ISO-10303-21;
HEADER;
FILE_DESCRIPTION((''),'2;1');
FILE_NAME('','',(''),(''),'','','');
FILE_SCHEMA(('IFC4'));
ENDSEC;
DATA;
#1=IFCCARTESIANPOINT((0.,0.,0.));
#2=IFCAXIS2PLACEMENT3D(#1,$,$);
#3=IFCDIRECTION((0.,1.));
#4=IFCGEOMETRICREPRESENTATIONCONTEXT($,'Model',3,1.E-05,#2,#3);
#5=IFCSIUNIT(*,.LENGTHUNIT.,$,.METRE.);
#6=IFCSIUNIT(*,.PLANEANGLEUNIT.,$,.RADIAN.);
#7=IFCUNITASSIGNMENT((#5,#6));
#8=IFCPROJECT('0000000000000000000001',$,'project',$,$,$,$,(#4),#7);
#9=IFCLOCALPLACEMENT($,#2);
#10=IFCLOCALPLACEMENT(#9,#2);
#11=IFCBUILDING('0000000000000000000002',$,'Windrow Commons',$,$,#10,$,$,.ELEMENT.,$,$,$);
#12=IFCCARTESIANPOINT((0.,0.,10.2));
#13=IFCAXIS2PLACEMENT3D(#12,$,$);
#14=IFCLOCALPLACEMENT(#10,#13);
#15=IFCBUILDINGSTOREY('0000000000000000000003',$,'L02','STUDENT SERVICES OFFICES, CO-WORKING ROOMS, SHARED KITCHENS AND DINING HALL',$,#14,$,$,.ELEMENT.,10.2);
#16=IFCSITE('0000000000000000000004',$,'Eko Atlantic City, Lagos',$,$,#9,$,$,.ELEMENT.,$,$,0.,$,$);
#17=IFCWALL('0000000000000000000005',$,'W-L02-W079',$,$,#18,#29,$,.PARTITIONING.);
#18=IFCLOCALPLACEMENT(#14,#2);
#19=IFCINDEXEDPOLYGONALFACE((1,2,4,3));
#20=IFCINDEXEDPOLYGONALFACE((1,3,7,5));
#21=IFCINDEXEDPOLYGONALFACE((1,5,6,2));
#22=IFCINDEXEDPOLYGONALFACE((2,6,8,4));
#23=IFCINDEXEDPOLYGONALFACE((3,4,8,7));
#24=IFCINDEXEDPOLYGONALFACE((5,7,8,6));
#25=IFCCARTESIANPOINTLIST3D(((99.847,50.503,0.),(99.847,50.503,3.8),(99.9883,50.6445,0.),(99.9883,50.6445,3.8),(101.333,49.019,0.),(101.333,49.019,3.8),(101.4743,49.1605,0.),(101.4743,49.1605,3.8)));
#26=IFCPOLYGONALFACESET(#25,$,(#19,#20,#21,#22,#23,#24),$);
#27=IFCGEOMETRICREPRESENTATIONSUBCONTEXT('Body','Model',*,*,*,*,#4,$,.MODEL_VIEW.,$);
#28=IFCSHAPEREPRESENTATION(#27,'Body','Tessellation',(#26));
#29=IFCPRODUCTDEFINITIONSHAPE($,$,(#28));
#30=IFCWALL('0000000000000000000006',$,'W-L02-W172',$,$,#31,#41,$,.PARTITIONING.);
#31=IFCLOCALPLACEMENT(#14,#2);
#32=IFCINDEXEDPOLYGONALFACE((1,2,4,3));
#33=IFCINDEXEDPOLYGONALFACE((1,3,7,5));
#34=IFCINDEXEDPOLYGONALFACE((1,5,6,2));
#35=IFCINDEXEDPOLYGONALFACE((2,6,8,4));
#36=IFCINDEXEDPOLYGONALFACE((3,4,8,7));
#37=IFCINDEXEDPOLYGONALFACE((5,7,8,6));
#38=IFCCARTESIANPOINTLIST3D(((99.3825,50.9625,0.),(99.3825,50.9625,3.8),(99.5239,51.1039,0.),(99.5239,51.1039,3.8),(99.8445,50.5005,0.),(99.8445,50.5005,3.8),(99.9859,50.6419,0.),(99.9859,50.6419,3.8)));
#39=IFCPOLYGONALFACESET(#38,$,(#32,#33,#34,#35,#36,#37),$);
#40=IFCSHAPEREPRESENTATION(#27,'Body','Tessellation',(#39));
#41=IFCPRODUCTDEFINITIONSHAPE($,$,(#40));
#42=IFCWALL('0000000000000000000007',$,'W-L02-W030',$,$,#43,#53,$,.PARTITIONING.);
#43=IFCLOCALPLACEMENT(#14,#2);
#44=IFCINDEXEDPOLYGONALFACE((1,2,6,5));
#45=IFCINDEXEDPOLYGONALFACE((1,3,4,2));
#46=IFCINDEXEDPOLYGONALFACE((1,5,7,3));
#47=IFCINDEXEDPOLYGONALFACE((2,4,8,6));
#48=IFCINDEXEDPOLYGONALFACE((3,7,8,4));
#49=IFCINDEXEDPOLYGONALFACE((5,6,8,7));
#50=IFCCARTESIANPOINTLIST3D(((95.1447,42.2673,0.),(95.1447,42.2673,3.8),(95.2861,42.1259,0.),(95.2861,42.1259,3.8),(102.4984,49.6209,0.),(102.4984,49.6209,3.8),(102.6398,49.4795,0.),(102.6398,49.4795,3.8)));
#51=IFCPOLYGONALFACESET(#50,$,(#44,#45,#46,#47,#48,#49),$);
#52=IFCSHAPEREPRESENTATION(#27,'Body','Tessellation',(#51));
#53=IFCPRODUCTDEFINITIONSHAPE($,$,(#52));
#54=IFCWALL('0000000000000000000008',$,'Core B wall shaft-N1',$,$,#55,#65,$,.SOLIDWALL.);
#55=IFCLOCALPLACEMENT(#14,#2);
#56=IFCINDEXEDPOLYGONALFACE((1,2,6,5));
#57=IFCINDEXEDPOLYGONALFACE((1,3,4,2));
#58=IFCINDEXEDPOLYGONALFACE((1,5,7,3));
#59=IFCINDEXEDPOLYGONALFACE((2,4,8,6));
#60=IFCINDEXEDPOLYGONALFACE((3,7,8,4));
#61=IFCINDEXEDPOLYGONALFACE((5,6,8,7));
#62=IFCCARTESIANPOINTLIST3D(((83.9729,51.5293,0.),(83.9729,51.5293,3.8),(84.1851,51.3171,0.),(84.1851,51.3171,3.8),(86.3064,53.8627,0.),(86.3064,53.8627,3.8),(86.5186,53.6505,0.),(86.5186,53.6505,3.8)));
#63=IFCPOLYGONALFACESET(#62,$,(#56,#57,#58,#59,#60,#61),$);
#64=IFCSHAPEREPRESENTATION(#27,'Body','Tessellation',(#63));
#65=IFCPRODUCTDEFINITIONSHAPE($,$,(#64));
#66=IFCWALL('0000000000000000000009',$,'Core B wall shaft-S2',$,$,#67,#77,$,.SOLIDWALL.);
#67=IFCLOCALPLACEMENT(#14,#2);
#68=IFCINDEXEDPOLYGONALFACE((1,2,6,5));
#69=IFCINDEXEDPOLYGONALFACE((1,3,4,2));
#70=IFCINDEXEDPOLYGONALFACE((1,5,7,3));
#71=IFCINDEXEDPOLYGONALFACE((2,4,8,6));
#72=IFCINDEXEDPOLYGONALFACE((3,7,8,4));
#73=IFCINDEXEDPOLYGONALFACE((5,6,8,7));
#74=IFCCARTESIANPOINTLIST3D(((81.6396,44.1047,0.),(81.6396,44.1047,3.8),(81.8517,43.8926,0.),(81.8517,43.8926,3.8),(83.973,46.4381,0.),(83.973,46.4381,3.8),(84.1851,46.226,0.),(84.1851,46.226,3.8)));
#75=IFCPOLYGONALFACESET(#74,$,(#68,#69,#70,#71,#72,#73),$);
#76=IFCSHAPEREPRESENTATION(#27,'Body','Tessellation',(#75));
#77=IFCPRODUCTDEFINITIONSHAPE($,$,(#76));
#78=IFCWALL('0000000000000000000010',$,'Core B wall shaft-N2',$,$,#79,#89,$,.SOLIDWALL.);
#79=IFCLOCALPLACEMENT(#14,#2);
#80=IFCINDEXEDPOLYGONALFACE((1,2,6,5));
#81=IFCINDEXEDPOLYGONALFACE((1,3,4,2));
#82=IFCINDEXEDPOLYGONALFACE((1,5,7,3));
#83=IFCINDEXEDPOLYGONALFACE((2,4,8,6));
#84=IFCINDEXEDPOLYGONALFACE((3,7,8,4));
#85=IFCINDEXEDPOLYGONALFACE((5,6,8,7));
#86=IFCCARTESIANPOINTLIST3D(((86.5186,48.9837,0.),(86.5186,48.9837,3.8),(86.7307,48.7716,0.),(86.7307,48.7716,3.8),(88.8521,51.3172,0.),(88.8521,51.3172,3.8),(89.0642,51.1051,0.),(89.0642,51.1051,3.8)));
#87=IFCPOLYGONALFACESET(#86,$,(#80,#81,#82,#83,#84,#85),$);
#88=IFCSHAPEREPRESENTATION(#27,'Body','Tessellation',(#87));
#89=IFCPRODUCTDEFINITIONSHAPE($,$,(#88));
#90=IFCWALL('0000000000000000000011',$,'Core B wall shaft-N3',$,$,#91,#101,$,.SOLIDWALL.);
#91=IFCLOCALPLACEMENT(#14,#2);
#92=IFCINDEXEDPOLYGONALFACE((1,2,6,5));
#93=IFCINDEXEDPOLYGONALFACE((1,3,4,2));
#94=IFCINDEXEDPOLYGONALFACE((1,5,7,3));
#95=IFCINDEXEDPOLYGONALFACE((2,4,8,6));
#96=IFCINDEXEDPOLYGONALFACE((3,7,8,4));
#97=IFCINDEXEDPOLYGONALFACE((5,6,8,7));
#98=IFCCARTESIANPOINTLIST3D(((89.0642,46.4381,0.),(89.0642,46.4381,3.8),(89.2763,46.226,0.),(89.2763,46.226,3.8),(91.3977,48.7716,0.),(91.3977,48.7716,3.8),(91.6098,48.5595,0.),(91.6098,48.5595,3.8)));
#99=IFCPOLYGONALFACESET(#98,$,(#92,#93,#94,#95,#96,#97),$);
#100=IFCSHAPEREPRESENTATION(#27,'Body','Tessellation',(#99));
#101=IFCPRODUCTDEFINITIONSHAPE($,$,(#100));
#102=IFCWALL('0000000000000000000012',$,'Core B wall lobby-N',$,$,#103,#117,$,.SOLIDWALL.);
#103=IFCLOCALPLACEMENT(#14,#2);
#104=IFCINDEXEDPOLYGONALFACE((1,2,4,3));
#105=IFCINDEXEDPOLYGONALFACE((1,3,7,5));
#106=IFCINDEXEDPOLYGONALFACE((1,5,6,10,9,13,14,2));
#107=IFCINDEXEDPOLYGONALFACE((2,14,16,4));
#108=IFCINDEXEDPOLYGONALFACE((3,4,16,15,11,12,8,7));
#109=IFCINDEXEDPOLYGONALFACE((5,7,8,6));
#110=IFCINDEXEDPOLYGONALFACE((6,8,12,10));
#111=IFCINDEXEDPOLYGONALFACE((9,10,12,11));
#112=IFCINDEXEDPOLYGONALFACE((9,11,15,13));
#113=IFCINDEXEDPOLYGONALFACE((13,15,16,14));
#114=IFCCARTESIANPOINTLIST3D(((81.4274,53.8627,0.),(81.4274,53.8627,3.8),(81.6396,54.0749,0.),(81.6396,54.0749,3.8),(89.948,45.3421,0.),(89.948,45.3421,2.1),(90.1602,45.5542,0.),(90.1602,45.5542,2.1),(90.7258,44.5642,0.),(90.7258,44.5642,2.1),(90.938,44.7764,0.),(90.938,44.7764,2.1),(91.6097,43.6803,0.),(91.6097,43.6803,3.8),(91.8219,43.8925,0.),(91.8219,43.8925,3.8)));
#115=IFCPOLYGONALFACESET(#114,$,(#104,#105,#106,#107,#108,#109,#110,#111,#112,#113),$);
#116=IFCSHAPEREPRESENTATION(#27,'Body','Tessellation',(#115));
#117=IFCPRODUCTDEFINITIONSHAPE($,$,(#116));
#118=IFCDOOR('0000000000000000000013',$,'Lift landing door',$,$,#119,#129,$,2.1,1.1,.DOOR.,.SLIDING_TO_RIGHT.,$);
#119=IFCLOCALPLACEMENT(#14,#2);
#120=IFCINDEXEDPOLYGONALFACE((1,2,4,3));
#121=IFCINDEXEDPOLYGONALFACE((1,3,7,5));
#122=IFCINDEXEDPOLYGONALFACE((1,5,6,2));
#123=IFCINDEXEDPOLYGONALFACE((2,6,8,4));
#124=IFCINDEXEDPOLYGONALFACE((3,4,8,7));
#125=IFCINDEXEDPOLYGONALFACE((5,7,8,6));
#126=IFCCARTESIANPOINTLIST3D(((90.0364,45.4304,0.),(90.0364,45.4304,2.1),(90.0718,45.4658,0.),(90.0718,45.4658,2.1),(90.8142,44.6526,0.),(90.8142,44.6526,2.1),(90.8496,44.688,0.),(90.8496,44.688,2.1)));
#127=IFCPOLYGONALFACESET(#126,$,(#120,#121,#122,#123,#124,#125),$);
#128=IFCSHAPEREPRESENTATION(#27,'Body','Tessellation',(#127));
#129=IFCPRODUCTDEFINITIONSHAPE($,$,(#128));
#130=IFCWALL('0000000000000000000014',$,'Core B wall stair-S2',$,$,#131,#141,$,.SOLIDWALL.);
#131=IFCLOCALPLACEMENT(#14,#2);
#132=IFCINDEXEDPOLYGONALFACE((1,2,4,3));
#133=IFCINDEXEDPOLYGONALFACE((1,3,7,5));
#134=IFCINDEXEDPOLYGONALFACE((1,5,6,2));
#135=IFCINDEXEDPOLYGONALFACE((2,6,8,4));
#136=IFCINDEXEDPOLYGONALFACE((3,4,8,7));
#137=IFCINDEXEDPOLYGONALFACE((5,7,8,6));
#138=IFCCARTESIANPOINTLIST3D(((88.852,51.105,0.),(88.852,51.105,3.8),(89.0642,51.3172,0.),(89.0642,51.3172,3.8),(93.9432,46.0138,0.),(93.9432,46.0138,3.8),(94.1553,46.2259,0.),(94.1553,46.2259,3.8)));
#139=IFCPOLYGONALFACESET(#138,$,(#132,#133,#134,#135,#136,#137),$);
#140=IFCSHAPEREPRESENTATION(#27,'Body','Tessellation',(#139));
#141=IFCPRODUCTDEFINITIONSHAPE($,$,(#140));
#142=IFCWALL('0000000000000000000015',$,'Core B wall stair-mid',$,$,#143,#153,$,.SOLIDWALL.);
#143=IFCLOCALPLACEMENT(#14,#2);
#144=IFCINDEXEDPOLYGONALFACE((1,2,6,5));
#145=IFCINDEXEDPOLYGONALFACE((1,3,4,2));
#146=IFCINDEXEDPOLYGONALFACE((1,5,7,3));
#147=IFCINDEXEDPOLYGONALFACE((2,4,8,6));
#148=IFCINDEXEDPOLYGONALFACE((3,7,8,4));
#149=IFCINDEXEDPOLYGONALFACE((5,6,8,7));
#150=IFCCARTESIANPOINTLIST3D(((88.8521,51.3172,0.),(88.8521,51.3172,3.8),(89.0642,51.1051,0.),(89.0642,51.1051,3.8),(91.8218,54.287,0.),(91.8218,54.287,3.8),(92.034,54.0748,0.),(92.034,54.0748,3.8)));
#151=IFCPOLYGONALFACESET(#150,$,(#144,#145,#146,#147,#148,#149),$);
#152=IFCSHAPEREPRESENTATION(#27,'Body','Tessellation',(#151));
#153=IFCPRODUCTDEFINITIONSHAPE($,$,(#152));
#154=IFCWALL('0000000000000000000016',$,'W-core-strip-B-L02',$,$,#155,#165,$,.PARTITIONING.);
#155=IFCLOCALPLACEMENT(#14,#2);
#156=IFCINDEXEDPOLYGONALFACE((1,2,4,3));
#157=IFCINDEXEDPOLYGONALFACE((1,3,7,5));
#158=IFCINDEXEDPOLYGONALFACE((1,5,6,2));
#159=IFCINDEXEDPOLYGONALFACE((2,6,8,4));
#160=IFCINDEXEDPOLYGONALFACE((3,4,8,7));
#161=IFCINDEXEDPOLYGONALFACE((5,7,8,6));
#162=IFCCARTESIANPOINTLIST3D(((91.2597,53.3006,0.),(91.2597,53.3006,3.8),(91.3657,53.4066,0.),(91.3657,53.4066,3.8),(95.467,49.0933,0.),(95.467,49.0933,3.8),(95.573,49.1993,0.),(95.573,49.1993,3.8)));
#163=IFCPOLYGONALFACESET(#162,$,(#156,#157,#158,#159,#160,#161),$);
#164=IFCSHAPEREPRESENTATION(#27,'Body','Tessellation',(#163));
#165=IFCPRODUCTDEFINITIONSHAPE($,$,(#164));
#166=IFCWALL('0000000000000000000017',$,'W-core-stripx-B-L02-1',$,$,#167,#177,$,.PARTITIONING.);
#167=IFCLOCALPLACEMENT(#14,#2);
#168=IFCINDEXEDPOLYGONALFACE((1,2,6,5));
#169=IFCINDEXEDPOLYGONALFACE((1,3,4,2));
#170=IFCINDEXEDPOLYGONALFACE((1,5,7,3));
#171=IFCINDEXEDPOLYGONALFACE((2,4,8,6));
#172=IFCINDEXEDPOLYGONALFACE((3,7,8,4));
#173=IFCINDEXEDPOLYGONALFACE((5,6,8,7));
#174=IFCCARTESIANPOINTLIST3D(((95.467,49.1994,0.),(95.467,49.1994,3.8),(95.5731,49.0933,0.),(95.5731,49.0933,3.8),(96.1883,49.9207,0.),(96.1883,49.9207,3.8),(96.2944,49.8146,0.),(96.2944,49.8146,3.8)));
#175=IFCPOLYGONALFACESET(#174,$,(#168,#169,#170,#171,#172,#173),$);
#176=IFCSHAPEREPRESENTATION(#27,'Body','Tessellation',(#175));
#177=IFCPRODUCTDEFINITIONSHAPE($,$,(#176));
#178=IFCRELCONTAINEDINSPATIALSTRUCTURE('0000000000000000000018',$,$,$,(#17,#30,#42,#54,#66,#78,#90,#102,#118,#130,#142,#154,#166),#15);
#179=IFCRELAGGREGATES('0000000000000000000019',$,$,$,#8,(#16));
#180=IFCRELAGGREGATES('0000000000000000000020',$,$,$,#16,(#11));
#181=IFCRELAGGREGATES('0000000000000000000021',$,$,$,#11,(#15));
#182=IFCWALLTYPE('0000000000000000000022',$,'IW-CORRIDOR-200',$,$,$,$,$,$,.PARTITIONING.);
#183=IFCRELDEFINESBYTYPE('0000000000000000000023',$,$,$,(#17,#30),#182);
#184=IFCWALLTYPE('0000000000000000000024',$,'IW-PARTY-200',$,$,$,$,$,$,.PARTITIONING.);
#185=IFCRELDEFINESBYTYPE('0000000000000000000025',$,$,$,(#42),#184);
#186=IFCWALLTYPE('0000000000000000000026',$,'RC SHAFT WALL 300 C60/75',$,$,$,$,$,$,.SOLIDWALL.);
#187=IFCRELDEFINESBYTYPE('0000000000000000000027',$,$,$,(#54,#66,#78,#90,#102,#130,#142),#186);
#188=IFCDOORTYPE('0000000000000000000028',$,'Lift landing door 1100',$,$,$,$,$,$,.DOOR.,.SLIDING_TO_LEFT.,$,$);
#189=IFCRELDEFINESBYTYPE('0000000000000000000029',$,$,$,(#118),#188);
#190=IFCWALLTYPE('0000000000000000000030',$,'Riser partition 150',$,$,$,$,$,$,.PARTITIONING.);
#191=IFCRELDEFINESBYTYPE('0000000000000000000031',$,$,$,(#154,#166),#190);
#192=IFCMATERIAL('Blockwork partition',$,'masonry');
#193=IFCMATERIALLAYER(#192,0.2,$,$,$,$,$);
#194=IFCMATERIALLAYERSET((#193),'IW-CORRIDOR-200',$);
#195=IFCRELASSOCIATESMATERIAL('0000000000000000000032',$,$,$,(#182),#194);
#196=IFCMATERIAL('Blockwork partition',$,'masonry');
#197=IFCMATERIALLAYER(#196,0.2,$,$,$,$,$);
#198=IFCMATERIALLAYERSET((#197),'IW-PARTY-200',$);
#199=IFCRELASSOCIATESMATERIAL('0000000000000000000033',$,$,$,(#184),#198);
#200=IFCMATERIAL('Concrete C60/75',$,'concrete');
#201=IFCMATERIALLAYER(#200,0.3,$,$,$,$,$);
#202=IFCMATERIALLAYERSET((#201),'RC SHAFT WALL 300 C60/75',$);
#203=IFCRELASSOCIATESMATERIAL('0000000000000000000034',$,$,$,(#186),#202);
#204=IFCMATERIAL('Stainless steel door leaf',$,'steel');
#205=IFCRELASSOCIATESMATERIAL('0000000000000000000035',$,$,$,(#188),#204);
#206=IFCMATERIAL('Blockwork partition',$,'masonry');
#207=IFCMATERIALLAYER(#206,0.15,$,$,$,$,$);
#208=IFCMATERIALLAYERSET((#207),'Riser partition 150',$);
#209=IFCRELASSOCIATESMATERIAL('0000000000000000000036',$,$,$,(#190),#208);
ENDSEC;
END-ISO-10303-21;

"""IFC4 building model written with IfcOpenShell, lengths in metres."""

from ifc_helpers import new_model, si_unit, direction, frame, frame_2d, origin, place, context, subcontext, project, spatial, rectangle, extrude, material, layer, layer_set, type_object, element, fill, save


model = new_model("IFC4")

# Units and contexts
model_context = context("Model", 3, precision=1e-05, world=origin(), true_north=direction((0.0, 1.0)))
body_context = subcontext(model_context, "Body", "Model", "MODEL_VIEW")
ifc_project = project(units=[si_unit("LENGTHUNIT", "METRE"), si_unit("PLANEANGLEUNIT", "RADIAN")], contexts=[model_context])

# Site, building, storey
site_placement = place(None, origin())
site = spatial("IfcSite", under=ifc_project, at=site_placement, Name="Eko Atlantic City, Lagos", CompositionType="ELEMENT", RefElevation=0.0)
building_placement = place(site_placement, origin())
building = spatial("IfcBuilding", under=site, at=building_placement, Name="Windrow Commons", CompositionType="ELEMENT")
storey_placement = place(building_placement, frame((0.0, 0.0, 10.2)))
storey = spatial("IfcBuildingStorey", under=building, at=storey_placement, Name="L02", Description="STUDENT SERVICES OFFICES, CO-WORKING ROOMS, SHARED KITCHENS AND DINING HALL", CompositionType="ELEMENT", Elevation=10.2)

# Shared definitions
ifc_material_1 = material(Name="Blockwork partition", Category="masonry")
ifc_layer_1 = layer(ifc_material_1, 0.2)
ifc_layer_set_1 = layer_set([ifc_layer_1], Name="IW-CORRIDOR-200")
wall_type_1 = type_object("IfcWallType", Name="IW-CORRIDOR-200", PredefinedType="PARTITIONING", material=ifc_layer_set_1)

# Walls
wall_1_placement = place(storey_placement, frame((99.9177, 50.5737, 0.0), z_axis=(0.0, 0.0, 1.0), x_axis=(0.707583, -0.70663, 0.0)))
element("IfcWall", 1, at=wall_1_placement, inside=storey, type_object=wall_type_1, Name="W-L02-W079", PredefinedType="PARTITIONING", context=body_context, shape_type="SweptSolid", body=[
    extrude(rectangle(XDim=2.1001, YDim=0.2, at=frame_2d((1.05, 0.0))), origin(), (0.0, 0.0, 1.0), 3.8),
])
wall_2_placement = place(storey_placement, frame((99.4532, 51.0332, 0.0), z_axis=(0.0, 0.0, 1.0), x_axis=(0.707107, -0.707107, 0.0)))
element("IfcWall", 2, at=wall_2_placement, inside=storey, type_object=wall_type_1, Name="W-L02-W172", PredefinedType="PARTITIONING", context=body_context, shape_type="SweptSolid", body=[
    extrude(rectangle(XDim=0.6534, YDim=0.2, at=frame_2d((0.3267, 0.0))), origin(), (0.0, 0.0, 1.0), 3.8),
])
ifc_material_2 = material(Name="Blockwork partition", Category="masonry")
ifc_layer_2 = layer(ifc_material_2, 0.2)
ifc_layer_set_2 = layer_set([ifc_layer_2], Name="IW-PARTY-200")
wall_type_2 = type_object("IfcWallType", Name="IW-PARTY-200", PredefinedType="PARTITIONING", material=ifc_layer_set_2)
wall_3_placement = place(storey_placement, frame((95.2154, 42.1966, 0.0), z_axis=(0.0, 0.0, 1.0), x_axis=(0.707112, 0.707102, 0.0)))
element("IfcWall", 3, at=wall_3_placement, inside=storey, type_object=wall_type_2, Name="W-L02-W030", PredefinedType="PARTITIONING", context=body_context, shape_type="SweptSolid", body=[
    extrude(rectangle(XDim=10.3996, YDim=0.2, at=frame_2d((5.1998, 0.0))), origin(), (0.0, 0.0, 1.0), 3.8),
])
ifc_material_3 = material(Name="Concrete C60/75", Category="concrete")
ifc_layer_3 = layer(ifc_material_3, 0.3)
ifc_layer_set_3 = layer_set([ifc_layer_3], Name="RC SHAFT WALL 300 C60/75")
wall_type_3 = type_object("IfcWallType", Name="RC SHAFT WALL 300 C60/75", PredefinedType="SOLIDWALL", material=ifc_layer_set_3)
wall_4_placement = place(storey_placement, frame((84.079, 51.4232, 0.0), z_axis=(0.0, 0.0, 1.0), x_axis=(0.707122, 0.707092, 0.0)))
element("IfcWall", 4, at=wall_4_placement, inside=storey, type_object=wall_type_3, Name="Core B wall shaft-N1", PredefinedType="SOLIDWALL", context=body_context, shape_type="SweptSolid", body=[
    extrude(rectangle(XDim=3.3, YDim=0.3, at=frame_2d((1.65, 0.0))), origin(), (0.0, 0.0, 1.0), 3.8),
])
wall_5_placement = place(storey_placement, frame((81.7456, 43.9986, 0.0), z_axis=(0.0, 0.0, 1.0), x_axis=(0.707107, 0.707107, 0.0)))
element("IfcWall", 5, at=wall_5_placement, inside=storey, type_object=wall_type_3, Name="Core B wall shaft-S2", PredefinedType="SOLIDWALL", context=body_context, shape_type="SweptSolid", body=[
    extrude(rectangle(XDim=3.2999, YDim=0.3, at=frame_2d((1.65, 0.0))), origin(), (0.0, 0.0, 1.0), 3.8),
])
for number, where, z_axis, x_axis, name in (
    (6, (86.6246, 48.8776, 0.0), (0.0, 0.0, 1.0), (0.707107, 0.707107, 0.0), "Core B wall shaft-N2"),
    (7, (89.1702, 46.332, 0.0), (0.0, 0.0, 1.0), (0.707107, 0.707107, 0.0), "Core B wall shaft-N3"),
):
    element("IfcWall", number, at=place(storey_placement, frame(where, z_axis=z_axis, x_axis=x_axis)), inside=storey, type_object=wall_type_3, Name=name, PredefinedType="SOLIDWALL", context=body_context, shape_type="SweptSolid", body=[
        extrude(rectangle(XDim=3.3001, YDim=0.3, at=frame_2d((1.6501, 0.0))), origin(), (0.0, 0.0, 1.0), 3.8),
    ])

# Wall, opening, door
wall_6_placement = place(storey_placement, frame((81.5335, 53.9688, 0.0), z_axis=(0.0, 0.0, 1.0), x_axis=(0.707103, -0.70711, 0.0)))
wall_6 = element("IfcWall", 8, at=wall_6_placement, inside=storey, type_object=wall_type_3, Name="Core B wall lobby-N", PredefinedType="SOLIDWALL", context=body_context, shape_type="SweptSolid", body=[
    extrude(rectangle(XDim=14.4, YDim=0.3, at=frame_2d((7.2, 0.0))), origin(), (0.0, 0.0, 1.0), 3.8),
])
opening_1_placement = place(wall_6_placement, frame((12.05, 0.0, 0.0)))
opening_1 = element("IfcOpeningElement", 9, at=opening_1_placement, cuts=wall_6, PredefinedType="OPENING", context=body_context, shape_type="SweptSolid", body=[
    extrude(rectangle(XDim=1.1, YDim=2.1, at=frame_2d((0.55, 1.05))), frame((0.0, 0.16, 0.0), z_axis=(0.0, -1.0, 0.0), x_axis=(1.0, 0.0, 0.0)), (0.0, 0.0, 1.0), 0.32),
])
ifc_material_4 = material(Name="Stainless steel door leaf", Category="steel")
door_type_1 = type_object("IfcDoorType", Name="Lift landing door 1100", OperationType="SLIDING_TO_LEFT", PredefinedType="DOOR", material=ifc_material_4)
door_1_placement = place(opening_1_placement, origin())
door_1 = element("IfcDoor", 10, at=door_1_placement, inside=storey, type_object=door_type_1, Name="Lift landing door", OperationType="SLIDING_TO_RIGHT", OverallHeight=2.1, OverallWidth=1.1, PredefinedType="DOOR", context=body_context, shape_type="SweptSolid", body=[
    extrude(rectangle(XDim=1.1, YDim=2.1, at=frame_2d((0.55, 1.05))), frame((0.0, 0.025, 0.0), z_axis=(0.0, -1.0, 0.0), x_axis=(1.0, 0.0, 0.0)), (0.0, 0.0, 1.0), 0.05),
])
fill(opening_1, door_1)

# Walls
wall_7_placement = place(storey_placement, frame((88.9581, 51.2111, 0.0), z_axis=(0.0, 0.0, 1.0), x_axis=(0.7071, -0.707114, 0.0)))
element("IfcWall", 11, at=wall_7_placement, inside=storey, type_object=wall_type_3, Name="Core B wall stair-S2", PredefinedType="SOLIDWALL", context=body_context, shape_type="SweptSolid", body=[
    extrude(rectangle(XDim=7.2, YDim=0.3, at=frame_2d((3.6, 0.0))), origin(), (0.0, 0.0, 1.0), 3.8),
])
wall_8_placement = place(storey_placement, frame((88.9581, 51.2111, 0.0), z_axis=(0.0, 0.0, 1.0), x_axis=(0.707107, 0.707107, 0.0)))
element("IfcWall", 12, at=wall_8_placement, inside=storey, type_object=wall_type_3, Name="Core B wall stair-mid", PredefinedType="SOLIDWALL", context=body_context, shape_type="SweptSolid", body=[
    extrude(rectangle(XDim=4.1999, YDim=0.3, at=frame_2d((2.1, 0.0))), origin(), (0.0, 0.0, 1.0), 3.8),
])
ifc_material_5 = material(Name="Blockwork partition", Category="masonry")
ifc_layer_4 = layer(ifc_material_5, 0.15)
ifc_layer_set_4 = layer_set([ifc_layer_4], Name="Riser partition 150")
wall_type_4 = type_object("IfcWallType", Name="Riser partition 150", PredefinedType="PARTITIONING", material=ifc_layer_set_4)
wall_9_placement = place(storey_placement, frame((91.3127, 53.3536, 0.0), z_axis=(0.0, 0.0, 1.0), x_axis=(0.707107, -0.707107, 0.0)))
element("IfcWall", 13, at=wall_9_placement, inside=storey, type_object=wall_type_4, Name="W-core-strip-B-L02", PredefinedType="PARTITIONING", context=body_context, shape_type="SweptSolid", body=[
    extrude(rectangle(XDim=5.95, YDim=0.15, at=frame_2d((2.975, 0.0))), origin(), (0.0, 0.0, 1.0), 3.8),
])
wall_10_placement = place(storey_placement, frame((95.52, 49.1463, 0.0), z_axis=(0.0, 0.0, 1.0), x_axis=(0.707107, 0.707107, 0.0)))
element("IfcWall", 14, at=wall_10_placement, inside=storey, type_object=wall_type_4, Name="W-core-stripx-B-L02-1", PredefinedType="PARTITIONING", context=body_context, shape_type="SweptSolid", body=[
    extrude(rectangle(XDim=1.0201, YDim=0.15, at=frame_2d((0.5101, 0.0))), origin(), (0.0, 0.0, 1.0), 3.8),
])

save(model, "model.ifc")
